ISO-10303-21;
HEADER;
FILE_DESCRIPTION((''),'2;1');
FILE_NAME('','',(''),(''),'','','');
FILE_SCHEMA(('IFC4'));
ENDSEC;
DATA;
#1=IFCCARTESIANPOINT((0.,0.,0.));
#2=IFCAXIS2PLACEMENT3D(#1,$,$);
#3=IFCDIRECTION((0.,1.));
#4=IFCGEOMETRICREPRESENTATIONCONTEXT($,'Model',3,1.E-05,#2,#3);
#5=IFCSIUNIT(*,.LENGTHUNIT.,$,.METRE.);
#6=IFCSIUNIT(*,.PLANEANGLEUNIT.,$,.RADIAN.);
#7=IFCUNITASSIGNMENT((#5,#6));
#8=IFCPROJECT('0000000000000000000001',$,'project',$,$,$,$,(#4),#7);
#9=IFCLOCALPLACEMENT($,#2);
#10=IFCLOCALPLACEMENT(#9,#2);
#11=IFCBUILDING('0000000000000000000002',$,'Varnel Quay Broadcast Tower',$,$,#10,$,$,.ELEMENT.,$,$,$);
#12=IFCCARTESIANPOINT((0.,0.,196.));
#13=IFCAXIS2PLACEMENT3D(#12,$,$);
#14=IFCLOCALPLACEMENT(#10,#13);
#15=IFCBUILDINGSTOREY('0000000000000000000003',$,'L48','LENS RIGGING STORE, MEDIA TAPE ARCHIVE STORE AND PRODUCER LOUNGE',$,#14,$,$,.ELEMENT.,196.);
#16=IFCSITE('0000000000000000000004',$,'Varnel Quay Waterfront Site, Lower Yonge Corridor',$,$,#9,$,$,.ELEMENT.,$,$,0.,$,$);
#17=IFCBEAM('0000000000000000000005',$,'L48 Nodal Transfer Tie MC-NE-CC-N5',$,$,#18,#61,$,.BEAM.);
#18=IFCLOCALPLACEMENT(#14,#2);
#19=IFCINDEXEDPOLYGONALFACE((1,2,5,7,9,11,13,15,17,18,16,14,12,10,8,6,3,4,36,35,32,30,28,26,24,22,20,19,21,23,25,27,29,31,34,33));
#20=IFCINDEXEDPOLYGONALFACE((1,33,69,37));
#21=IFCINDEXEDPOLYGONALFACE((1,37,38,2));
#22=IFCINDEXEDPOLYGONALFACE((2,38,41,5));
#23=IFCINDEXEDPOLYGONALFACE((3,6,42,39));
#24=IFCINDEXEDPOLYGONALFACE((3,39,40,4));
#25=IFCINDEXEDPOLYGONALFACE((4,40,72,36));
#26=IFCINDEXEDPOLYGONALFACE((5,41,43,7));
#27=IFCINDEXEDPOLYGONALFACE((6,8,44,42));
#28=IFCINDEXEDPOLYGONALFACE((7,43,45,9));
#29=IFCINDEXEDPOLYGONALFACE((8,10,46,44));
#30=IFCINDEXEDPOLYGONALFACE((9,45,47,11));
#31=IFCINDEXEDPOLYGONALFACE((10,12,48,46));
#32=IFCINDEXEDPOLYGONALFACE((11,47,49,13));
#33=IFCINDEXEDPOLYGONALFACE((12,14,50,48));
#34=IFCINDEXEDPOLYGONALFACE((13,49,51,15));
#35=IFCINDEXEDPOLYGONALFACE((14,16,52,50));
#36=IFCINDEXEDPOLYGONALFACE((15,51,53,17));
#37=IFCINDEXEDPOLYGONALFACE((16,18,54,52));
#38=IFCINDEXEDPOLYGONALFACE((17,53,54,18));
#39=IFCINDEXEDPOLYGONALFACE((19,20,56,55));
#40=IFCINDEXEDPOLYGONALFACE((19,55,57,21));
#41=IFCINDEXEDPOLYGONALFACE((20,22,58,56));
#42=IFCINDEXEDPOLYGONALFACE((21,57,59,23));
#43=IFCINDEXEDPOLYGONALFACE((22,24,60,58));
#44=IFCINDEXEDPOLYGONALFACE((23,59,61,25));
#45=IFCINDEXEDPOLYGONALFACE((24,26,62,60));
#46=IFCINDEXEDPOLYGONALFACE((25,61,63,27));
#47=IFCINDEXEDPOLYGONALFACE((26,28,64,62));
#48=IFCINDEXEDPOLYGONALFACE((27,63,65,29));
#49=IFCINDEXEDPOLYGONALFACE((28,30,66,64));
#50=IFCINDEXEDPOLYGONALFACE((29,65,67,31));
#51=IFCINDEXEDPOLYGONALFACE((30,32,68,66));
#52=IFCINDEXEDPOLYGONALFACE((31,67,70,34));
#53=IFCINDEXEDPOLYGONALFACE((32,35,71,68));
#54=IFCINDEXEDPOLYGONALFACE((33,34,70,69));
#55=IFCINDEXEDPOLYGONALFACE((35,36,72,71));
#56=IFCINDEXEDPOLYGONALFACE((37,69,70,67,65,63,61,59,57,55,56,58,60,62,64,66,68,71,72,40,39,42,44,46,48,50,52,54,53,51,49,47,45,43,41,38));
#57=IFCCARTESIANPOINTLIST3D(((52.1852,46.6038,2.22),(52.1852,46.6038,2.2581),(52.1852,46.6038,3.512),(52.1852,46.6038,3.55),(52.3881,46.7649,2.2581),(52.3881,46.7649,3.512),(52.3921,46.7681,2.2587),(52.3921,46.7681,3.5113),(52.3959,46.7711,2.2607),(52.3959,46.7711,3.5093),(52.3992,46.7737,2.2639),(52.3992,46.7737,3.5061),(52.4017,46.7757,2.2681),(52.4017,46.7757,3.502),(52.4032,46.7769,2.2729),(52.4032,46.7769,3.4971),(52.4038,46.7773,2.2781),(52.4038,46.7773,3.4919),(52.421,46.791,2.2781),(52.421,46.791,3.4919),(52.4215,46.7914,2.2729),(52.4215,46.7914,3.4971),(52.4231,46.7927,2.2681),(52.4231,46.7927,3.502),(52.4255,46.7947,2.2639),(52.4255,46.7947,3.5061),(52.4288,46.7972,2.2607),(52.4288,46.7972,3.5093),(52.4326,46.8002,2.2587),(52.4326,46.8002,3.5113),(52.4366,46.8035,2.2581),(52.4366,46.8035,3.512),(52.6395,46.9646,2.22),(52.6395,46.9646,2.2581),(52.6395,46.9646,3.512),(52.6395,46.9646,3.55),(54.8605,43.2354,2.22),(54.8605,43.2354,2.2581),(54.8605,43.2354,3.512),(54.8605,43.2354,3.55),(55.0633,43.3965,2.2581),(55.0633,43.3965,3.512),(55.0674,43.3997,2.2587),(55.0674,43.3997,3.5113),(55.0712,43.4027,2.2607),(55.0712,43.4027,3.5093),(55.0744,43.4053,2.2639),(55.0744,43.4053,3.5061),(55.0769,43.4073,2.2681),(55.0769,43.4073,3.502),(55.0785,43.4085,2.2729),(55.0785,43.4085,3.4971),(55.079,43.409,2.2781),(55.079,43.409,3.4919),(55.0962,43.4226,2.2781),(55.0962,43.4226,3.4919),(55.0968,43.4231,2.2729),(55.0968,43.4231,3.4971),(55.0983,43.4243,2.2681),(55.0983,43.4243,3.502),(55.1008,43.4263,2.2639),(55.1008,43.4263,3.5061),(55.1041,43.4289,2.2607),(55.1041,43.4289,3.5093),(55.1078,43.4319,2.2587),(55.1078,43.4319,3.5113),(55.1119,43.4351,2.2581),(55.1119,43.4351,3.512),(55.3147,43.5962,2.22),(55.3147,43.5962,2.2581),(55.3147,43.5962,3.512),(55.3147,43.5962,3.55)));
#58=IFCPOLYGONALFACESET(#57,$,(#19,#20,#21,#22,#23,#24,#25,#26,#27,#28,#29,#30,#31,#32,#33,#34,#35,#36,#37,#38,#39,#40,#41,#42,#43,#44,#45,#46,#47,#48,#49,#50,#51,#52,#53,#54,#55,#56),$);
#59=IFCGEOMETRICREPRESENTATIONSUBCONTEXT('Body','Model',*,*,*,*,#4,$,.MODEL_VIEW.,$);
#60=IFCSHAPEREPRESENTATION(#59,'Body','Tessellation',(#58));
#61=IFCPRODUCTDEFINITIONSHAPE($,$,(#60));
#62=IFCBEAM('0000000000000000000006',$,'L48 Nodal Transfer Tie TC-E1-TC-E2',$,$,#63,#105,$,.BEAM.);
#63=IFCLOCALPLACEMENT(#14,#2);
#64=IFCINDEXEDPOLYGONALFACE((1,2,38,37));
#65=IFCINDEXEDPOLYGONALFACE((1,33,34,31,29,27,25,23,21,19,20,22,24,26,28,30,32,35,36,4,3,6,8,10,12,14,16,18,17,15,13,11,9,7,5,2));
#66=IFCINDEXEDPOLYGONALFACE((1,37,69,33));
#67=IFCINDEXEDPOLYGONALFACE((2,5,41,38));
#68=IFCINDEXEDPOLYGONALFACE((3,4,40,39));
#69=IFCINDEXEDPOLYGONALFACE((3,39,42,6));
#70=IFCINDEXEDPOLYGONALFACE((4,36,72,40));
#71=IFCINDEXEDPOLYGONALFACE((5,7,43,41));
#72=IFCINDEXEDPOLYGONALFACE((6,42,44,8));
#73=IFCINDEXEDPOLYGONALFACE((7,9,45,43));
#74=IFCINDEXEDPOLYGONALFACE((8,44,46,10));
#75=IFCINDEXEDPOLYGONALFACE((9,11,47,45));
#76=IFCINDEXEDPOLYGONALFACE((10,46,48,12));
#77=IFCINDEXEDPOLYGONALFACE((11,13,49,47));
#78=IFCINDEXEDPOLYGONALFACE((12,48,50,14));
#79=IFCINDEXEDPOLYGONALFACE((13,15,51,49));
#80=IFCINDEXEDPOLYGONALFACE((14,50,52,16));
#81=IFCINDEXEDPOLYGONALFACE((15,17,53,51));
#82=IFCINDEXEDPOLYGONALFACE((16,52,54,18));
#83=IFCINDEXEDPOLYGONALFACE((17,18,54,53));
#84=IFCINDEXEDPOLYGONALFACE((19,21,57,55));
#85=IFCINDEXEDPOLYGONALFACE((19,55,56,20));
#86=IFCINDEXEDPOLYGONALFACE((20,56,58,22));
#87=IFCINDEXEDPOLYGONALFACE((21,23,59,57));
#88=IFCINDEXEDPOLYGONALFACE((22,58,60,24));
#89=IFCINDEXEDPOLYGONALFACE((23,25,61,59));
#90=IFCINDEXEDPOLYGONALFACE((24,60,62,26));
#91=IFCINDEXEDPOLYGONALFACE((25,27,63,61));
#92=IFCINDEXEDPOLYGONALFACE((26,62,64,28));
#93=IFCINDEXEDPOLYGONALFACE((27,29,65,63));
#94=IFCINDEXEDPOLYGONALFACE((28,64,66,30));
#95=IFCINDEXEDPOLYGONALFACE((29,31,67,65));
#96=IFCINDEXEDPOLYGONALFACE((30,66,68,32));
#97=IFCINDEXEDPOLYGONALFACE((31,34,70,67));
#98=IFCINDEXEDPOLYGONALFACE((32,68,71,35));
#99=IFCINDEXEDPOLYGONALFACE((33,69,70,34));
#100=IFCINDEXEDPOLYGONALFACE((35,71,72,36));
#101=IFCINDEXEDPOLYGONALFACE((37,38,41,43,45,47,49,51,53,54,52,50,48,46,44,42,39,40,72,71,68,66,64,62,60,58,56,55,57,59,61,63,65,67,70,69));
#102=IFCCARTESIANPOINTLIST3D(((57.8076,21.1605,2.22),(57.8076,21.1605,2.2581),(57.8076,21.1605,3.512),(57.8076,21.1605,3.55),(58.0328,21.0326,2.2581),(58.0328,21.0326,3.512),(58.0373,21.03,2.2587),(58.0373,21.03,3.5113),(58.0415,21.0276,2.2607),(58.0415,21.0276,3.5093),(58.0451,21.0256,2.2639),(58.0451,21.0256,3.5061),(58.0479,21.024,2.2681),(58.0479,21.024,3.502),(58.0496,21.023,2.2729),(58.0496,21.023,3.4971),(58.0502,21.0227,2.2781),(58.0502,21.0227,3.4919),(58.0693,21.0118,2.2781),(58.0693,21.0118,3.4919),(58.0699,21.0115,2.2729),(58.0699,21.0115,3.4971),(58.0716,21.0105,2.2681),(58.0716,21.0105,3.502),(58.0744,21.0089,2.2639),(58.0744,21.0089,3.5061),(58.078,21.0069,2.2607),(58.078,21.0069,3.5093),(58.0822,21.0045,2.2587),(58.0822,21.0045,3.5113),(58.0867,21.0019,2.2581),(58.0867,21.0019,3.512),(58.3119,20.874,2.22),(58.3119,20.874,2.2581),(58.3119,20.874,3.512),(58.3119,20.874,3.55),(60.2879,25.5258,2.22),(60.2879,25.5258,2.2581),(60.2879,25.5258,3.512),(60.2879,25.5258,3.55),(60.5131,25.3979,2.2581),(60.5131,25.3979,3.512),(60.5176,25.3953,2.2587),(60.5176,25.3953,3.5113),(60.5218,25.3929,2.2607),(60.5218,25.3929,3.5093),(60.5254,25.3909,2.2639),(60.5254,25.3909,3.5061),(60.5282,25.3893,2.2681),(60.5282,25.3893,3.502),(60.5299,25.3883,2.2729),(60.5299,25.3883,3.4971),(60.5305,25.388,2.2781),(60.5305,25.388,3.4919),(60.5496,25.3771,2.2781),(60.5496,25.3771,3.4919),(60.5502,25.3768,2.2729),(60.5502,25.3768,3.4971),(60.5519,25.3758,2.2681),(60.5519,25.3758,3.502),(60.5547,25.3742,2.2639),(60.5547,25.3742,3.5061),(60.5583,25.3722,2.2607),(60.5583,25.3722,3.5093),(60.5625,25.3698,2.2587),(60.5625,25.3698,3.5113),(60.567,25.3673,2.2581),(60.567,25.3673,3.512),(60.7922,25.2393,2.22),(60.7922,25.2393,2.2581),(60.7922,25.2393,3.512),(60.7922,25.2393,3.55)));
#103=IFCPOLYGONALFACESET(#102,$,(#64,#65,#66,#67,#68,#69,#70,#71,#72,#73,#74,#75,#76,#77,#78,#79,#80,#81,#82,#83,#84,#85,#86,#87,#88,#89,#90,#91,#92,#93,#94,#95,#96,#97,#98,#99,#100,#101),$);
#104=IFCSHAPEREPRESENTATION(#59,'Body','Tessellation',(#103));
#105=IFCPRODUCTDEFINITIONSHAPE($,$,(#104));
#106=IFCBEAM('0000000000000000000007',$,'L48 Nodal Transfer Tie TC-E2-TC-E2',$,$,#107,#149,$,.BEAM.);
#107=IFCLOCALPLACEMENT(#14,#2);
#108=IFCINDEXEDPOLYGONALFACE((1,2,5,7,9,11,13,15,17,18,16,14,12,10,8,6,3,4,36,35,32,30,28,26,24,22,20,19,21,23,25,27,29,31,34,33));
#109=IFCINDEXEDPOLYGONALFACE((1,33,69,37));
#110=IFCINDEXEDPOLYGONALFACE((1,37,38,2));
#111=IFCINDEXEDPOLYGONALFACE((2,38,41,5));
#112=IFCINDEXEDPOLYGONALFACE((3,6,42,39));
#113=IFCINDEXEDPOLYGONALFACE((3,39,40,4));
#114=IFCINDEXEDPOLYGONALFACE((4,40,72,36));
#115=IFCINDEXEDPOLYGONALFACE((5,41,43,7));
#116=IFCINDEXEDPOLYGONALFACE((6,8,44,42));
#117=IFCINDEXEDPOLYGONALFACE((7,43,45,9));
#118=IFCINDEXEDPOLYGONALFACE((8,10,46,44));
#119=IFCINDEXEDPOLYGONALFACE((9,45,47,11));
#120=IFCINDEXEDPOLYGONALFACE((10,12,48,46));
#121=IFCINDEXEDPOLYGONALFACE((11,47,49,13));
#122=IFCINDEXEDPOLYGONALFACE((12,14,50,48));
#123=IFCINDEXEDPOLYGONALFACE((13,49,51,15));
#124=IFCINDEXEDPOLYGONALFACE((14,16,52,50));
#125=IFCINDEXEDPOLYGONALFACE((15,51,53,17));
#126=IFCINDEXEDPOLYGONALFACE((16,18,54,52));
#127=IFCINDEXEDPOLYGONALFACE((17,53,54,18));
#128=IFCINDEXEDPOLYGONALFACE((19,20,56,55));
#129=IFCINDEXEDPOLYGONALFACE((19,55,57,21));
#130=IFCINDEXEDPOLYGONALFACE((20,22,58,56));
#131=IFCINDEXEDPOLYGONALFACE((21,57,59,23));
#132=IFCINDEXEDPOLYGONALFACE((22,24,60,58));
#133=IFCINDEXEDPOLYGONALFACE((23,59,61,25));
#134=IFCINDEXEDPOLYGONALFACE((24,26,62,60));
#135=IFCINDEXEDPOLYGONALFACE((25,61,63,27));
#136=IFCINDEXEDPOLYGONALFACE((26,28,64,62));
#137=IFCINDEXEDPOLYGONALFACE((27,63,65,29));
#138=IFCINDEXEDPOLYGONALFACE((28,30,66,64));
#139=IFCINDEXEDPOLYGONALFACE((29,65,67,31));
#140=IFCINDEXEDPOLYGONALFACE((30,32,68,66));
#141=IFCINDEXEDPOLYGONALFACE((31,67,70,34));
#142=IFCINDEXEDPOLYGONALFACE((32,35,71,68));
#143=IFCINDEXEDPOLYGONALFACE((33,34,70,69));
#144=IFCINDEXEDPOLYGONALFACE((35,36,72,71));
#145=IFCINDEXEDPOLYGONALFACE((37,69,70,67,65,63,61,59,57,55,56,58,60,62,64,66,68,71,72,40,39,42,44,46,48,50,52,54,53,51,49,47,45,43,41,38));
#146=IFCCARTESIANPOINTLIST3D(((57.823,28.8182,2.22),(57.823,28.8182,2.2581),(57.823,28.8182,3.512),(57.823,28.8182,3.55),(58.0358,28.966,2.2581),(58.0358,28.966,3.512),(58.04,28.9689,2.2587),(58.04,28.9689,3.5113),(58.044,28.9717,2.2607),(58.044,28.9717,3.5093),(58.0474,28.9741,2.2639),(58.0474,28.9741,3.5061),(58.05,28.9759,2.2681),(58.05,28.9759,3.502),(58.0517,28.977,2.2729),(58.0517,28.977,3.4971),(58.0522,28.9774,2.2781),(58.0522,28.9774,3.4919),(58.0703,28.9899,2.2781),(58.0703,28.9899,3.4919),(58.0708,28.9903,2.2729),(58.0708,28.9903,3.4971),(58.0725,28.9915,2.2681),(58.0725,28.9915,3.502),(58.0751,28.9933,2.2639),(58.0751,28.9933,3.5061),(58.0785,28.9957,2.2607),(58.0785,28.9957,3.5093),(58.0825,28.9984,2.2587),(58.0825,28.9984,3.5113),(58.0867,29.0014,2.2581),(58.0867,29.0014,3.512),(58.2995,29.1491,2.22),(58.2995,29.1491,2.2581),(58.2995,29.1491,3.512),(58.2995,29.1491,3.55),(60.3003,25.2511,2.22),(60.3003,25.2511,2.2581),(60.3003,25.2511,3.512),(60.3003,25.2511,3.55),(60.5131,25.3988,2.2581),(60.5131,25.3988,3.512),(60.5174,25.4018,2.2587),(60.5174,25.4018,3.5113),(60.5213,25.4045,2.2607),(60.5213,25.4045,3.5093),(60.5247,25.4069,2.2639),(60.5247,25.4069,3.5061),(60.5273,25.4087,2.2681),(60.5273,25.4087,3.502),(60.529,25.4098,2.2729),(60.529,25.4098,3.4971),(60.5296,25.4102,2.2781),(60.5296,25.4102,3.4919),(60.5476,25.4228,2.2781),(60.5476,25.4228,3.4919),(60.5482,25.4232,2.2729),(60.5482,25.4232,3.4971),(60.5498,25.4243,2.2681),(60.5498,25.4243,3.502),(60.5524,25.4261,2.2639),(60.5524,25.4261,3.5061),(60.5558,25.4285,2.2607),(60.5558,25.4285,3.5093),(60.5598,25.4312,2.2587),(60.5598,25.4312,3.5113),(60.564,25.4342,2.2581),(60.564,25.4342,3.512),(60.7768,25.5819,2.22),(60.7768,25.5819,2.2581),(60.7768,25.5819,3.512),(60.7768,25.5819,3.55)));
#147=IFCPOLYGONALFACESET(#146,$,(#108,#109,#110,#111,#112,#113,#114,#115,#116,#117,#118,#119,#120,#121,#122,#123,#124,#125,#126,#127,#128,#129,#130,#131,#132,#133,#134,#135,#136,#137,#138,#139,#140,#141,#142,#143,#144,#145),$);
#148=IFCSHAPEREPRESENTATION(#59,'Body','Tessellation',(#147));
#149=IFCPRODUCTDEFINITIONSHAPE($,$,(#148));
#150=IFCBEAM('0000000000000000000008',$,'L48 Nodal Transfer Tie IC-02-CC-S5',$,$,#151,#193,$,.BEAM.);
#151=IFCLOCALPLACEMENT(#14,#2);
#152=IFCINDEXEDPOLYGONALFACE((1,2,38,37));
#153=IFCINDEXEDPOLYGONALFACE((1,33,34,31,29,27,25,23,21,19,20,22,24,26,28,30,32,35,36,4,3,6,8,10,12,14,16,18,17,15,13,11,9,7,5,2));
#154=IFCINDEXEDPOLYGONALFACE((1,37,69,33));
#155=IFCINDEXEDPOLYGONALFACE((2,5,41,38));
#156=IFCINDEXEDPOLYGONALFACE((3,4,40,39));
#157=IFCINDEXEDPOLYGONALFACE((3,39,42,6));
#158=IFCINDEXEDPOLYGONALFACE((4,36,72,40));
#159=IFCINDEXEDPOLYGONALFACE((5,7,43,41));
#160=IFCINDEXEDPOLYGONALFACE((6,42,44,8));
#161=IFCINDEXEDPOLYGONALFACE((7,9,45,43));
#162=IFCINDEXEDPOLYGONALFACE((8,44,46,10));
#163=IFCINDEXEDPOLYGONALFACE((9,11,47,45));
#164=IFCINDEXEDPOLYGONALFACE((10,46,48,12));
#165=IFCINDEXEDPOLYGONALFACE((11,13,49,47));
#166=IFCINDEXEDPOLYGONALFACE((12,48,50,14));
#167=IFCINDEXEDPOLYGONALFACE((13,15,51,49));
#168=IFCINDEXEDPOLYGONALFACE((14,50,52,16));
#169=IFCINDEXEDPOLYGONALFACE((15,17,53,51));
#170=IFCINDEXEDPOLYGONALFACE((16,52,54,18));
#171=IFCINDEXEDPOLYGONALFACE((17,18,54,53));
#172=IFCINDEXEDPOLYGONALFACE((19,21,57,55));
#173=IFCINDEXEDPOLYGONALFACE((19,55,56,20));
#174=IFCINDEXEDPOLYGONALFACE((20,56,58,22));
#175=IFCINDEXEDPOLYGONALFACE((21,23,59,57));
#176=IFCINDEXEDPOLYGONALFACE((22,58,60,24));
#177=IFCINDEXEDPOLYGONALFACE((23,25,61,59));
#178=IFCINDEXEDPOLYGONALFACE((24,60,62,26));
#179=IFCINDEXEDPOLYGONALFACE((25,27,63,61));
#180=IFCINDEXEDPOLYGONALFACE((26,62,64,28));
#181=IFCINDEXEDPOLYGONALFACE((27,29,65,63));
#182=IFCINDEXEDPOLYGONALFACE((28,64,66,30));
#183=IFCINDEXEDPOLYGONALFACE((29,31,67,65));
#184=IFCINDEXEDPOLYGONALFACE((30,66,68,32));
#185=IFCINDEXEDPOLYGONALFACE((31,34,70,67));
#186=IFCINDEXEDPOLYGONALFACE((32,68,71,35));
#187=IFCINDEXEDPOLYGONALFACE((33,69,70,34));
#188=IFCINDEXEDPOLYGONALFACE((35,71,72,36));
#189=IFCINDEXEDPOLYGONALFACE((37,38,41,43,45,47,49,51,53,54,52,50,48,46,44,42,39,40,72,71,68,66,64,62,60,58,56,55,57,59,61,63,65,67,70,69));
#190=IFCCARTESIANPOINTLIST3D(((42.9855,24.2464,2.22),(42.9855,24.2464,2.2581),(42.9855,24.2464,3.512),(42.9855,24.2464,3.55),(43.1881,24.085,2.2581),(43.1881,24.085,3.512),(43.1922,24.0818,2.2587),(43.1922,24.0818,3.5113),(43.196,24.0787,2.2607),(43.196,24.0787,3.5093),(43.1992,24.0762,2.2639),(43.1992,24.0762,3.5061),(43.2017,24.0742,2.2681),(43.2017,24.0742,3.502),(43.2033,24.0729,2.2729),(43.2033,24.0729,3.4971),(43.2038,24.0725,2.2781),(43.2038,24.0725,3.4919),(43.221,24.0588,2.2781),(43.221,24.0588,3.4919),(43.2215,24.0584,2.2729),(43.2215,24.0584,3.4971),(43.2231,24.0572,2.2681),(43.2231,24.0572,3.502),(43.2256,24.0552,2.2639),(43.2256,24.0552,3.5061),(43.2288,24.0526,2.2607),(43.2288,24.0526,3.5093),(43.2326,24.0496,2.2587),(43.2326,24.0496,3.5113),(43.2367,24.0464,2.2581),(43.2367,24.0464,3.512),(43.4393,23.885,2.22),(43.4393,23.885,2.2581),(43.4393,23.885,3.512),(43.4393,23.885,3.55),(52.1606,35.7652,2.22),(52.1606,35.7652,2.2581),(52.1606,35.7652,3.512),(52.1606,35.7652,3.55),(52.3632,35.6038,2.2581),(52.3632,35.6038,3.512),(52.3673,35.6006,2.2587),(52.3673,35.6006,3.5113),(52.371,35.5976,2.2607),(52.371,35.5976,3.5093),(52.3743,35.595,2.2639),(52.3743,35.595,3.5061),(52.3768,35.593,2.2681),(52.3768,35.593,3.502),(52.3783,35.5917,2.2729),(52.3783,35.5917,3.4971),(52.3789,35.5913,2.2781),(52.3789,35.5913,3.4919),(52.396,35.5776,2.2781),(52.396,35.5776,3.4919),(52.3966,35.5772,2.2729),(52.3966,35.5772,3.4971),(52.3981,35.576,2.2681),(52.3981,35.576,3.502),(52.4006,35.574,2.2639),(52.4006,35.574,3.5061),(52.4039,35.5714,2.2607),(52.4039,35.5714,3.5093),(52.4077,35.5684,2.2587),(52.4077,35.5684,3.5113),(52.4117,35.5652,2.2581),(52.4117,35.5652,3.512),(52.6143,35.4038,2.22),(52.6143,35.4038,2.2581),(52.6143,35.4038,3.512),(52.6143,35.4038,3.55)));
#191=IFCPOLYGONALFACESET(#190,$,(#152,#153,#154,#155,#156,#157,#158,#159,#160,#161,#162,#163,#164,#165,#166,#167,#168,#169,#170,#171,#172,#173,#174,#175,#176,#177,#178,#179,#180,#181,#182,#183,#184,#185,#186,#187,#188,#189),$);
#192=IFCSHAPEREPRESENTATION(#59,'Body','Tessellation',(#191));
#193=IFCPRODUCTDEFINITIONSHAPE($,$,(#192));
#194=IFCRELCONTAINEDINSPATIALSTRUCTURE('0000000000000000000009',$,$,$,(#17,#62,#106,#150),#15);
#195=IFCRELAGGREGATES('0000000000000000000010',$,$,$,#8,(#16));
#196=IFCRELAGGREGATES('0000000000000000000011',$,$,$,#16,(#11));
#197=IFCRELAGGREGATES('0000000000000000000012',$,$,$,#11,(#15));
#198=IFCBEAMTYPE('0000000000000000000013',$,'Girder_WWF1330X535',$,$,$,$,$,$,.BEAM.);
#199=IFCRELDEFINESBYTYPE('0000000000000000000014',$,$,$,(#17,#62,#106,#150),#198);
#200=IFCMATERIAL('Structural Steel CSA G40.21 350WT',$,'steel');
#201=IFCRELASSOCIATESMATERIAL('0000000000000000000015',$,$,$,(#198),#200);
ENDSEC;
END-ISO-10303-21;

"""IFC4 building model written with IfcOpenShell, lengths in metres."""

from ifc_helpers import new_model, si_unit, direction, frame, origin, origin_2d, place, context, subcontext, project, spatial, i_section, extrude, source, transform, mapped, material, material_profile, profile_set, type_object, element, save


model = new_model("IFC4")

# Units and contexts
model_context = context("Model", 3, precision=1e-05, world=origin(), true_north=direction((0.0, 1.0)))
body_context = subcontext(model_context, "Body", "Model", "MODEL_VIEW")
ifc_project = project(units=[si_unit("LENGTHUNIT", "METRE"), si_unit("PLANEANGLEUNIT", "RADIAN")], contexts=[model_context])

# Site, building, storey
site_placement = place(None, origin())
site = spatial("IfcSite", under=ifc_project, at=site_placement, Name="Varnel Quay Waterfront Site, Lower Yonge Corridor", CompositionType="ELEMENT", RefElevation=0.0)
building_placement = place(site_placement, origin())
building = spatial("IfcBuilding", under=site, at=building_placement, Name="Varnel Quay Broadcast Tower", CompositionType="ELEMENT")
storey_placement = place(building_placement, frame((0.0, 0.0, 196.0)))
storey = spatial("IfcBuildingStorey", under=building, at=storey_placement, Name="L48", Description="LENS RIGGING STORE, MEDIA TAPE ARCHIVE STORE AND PRODUCER LOUNGE", CompositionType="ELEMENT", Elevation=196.0)

# Shared definitions
ifc_material_1 = material(Name="Structural Steel CSA G40.21 350WT", Category="steel")

# Beams
ifc_material_profile_1 = material_profile(ifc_material_1, i_section(OverallWidth=0.5801, OverallDepth=1.3301, WebThickness=0.022, FlangeThickness=0.0381, FilletRadius=0.02, at=origin_2d()), Name="WWF1330X535")
ifc_profile_set_1 = profile_set([ifc_material_profile_1], Name="Structural Steel CSA G40.21 350WT")
beam_type = type_object("IfcBeamType", Name="Girder_WWF1330X535", PredefinedType="BEAM", material=ifc_profile_set_1)
shared_shape_1 = source(origin(), body_context, "Body", "SweptSolid", [
    extrude(i_section(OverallWidth=0.5801, OverallDepth=1.3301, WebThickness=0.022, FlangeThickness=0.0381, FilletRadius=0.02, at=origin_2d()), origin(), (0.0, 0.0, 1.0), 4.3015),
])
beam_1_placement = place(storey_placement, frame((52.4124, 46.7842, 2.885), z_axis=(0.621936, -0.783068, 0.0), x_axis=(0.783068, 0.621936, 0.0)))
element("IfcBeam", 1, at=beam_1_placement, inside=storey, type_object=beam_type, Name="L48 Nodal Transfer Tie MC-NE-CC-N5", PredefinedType="BEAM", context=body_context, shape_type="MappedRepresentation", body=[
    mapped(shared_shape_1, transform((0.0, 0.0, 0.0), x_axis=(1.0, 0.0, 0.0), y_axis=(0.0, 1.0, 0.0), z_axis=(0.0, 0.0, 1.0), scale=1.0)),
])
shared_shape_2 = source(origin(), body_context, "Body", "SweptSolid", [
    extrude(i_section(OverallWidth=0.5801, OverallDepth=1.3301, WebThickness=0.022, FlangeThickness=0.0381, FilletRadius=0.02, at=origin_2d()), origin(), (0.0, 0.0, 1.0), 5.0208),
])
beam_2_placement = place(storey_placement, frame((60.54, 25.3826, 2.885), z_axis=(-0.494006, -0.869458, 0.0), x_axis=(0.869458, -0.494006, 0.0)))
element("IfcBeam", 2, at=beam_2_placement, inside=storey, type_object=beam_type, Name="L48 Nodal Transfer Tie TC-E1-TC-E2", PredefinedType="BEAM", context=body_context, shape_type="MappedRepresentation", body=[
    mapped(shared_shape_2, transform((0.0, 0.0, 0.0), x_axis=(1.0, 0.0, 0.0), y_axis=(0.0, 1.0, 0.0), z_axis=(0.0, 0.0, 1.0), scale=1.0)),
])
shared_shape_3 = source(origin(), body_context, "Body", "SweptSolid", [
    extrude(i_section(OverallWidth=0.5801, OverallDepth=1.3301, WebThickness=0.022, FlangeThickness=0.0381, FilletRadius=0.02, at=origin_2d()), origin(), (0.0, 0.0, 1.0), 4.343),
])
beam_3_placement = place(storey_placement, frame((60.5386, 25.4165, 2.885), z_axis=(-0.570414, 0.821358, 0.0), x_axis=(-0.821358, -0.570414, 0.0)))
element("IfcBeam", 3, at=beam_3_placement, inside=storey, type_object=beam_type, Name="L48 Nodal Transfer Tie TC-E2-TC-E2", PredefinedType="BEAM", context=body_context, shape_type="MappedRepresentation", body=[
    mapped(shared_shape_3, transform((0.0, 0.0, 0.0), x_axis=(1.0, 0.0, 0.0), y_axis=(0.0, 1.0, 0.0), z_axis=(0.0, 0.0, 1.0), scale=1.0)),
])
shared_shape_4 = source(origin(), body_context, "Body", "SweptSolid", [
    extrude(i_section(OverallWidth=0.5801, OverallDepth=1.3301, WebThickness=0.022, FlangeThickness=0.0381, FilletRadius=0.02, at=origin_2d()), origin(), (0.0, 0.0, 1.0), 14.7263),
])
beam_4_placement = place(storey_placement, frame((52.3875, 35.5845, 2.885), z_axis=(-0.623038, -0.782192, 0.0), x_axis=(0.782192, -0.623038, 0.0)))
element("IfcBeam", 4, at=beam_4_placement, inside=storey, type_object=beam_type, Name="L48 Nodal Transfer Tie IC-02-CC-S5", PredefinedType="BEAM", context=body_context, shape_type="MappedRepresentation", body=[
    mapped(shared_shape_4, transform((0.0, 0.0, 0.0), x_axis=(1.0, 0.0, 0.0), y_axis=(0.0, 1.0, 0.0), z_axis=(0.0, 0.0, 1.0), scale=1.0)),
])

save(model, "model.ifc")
